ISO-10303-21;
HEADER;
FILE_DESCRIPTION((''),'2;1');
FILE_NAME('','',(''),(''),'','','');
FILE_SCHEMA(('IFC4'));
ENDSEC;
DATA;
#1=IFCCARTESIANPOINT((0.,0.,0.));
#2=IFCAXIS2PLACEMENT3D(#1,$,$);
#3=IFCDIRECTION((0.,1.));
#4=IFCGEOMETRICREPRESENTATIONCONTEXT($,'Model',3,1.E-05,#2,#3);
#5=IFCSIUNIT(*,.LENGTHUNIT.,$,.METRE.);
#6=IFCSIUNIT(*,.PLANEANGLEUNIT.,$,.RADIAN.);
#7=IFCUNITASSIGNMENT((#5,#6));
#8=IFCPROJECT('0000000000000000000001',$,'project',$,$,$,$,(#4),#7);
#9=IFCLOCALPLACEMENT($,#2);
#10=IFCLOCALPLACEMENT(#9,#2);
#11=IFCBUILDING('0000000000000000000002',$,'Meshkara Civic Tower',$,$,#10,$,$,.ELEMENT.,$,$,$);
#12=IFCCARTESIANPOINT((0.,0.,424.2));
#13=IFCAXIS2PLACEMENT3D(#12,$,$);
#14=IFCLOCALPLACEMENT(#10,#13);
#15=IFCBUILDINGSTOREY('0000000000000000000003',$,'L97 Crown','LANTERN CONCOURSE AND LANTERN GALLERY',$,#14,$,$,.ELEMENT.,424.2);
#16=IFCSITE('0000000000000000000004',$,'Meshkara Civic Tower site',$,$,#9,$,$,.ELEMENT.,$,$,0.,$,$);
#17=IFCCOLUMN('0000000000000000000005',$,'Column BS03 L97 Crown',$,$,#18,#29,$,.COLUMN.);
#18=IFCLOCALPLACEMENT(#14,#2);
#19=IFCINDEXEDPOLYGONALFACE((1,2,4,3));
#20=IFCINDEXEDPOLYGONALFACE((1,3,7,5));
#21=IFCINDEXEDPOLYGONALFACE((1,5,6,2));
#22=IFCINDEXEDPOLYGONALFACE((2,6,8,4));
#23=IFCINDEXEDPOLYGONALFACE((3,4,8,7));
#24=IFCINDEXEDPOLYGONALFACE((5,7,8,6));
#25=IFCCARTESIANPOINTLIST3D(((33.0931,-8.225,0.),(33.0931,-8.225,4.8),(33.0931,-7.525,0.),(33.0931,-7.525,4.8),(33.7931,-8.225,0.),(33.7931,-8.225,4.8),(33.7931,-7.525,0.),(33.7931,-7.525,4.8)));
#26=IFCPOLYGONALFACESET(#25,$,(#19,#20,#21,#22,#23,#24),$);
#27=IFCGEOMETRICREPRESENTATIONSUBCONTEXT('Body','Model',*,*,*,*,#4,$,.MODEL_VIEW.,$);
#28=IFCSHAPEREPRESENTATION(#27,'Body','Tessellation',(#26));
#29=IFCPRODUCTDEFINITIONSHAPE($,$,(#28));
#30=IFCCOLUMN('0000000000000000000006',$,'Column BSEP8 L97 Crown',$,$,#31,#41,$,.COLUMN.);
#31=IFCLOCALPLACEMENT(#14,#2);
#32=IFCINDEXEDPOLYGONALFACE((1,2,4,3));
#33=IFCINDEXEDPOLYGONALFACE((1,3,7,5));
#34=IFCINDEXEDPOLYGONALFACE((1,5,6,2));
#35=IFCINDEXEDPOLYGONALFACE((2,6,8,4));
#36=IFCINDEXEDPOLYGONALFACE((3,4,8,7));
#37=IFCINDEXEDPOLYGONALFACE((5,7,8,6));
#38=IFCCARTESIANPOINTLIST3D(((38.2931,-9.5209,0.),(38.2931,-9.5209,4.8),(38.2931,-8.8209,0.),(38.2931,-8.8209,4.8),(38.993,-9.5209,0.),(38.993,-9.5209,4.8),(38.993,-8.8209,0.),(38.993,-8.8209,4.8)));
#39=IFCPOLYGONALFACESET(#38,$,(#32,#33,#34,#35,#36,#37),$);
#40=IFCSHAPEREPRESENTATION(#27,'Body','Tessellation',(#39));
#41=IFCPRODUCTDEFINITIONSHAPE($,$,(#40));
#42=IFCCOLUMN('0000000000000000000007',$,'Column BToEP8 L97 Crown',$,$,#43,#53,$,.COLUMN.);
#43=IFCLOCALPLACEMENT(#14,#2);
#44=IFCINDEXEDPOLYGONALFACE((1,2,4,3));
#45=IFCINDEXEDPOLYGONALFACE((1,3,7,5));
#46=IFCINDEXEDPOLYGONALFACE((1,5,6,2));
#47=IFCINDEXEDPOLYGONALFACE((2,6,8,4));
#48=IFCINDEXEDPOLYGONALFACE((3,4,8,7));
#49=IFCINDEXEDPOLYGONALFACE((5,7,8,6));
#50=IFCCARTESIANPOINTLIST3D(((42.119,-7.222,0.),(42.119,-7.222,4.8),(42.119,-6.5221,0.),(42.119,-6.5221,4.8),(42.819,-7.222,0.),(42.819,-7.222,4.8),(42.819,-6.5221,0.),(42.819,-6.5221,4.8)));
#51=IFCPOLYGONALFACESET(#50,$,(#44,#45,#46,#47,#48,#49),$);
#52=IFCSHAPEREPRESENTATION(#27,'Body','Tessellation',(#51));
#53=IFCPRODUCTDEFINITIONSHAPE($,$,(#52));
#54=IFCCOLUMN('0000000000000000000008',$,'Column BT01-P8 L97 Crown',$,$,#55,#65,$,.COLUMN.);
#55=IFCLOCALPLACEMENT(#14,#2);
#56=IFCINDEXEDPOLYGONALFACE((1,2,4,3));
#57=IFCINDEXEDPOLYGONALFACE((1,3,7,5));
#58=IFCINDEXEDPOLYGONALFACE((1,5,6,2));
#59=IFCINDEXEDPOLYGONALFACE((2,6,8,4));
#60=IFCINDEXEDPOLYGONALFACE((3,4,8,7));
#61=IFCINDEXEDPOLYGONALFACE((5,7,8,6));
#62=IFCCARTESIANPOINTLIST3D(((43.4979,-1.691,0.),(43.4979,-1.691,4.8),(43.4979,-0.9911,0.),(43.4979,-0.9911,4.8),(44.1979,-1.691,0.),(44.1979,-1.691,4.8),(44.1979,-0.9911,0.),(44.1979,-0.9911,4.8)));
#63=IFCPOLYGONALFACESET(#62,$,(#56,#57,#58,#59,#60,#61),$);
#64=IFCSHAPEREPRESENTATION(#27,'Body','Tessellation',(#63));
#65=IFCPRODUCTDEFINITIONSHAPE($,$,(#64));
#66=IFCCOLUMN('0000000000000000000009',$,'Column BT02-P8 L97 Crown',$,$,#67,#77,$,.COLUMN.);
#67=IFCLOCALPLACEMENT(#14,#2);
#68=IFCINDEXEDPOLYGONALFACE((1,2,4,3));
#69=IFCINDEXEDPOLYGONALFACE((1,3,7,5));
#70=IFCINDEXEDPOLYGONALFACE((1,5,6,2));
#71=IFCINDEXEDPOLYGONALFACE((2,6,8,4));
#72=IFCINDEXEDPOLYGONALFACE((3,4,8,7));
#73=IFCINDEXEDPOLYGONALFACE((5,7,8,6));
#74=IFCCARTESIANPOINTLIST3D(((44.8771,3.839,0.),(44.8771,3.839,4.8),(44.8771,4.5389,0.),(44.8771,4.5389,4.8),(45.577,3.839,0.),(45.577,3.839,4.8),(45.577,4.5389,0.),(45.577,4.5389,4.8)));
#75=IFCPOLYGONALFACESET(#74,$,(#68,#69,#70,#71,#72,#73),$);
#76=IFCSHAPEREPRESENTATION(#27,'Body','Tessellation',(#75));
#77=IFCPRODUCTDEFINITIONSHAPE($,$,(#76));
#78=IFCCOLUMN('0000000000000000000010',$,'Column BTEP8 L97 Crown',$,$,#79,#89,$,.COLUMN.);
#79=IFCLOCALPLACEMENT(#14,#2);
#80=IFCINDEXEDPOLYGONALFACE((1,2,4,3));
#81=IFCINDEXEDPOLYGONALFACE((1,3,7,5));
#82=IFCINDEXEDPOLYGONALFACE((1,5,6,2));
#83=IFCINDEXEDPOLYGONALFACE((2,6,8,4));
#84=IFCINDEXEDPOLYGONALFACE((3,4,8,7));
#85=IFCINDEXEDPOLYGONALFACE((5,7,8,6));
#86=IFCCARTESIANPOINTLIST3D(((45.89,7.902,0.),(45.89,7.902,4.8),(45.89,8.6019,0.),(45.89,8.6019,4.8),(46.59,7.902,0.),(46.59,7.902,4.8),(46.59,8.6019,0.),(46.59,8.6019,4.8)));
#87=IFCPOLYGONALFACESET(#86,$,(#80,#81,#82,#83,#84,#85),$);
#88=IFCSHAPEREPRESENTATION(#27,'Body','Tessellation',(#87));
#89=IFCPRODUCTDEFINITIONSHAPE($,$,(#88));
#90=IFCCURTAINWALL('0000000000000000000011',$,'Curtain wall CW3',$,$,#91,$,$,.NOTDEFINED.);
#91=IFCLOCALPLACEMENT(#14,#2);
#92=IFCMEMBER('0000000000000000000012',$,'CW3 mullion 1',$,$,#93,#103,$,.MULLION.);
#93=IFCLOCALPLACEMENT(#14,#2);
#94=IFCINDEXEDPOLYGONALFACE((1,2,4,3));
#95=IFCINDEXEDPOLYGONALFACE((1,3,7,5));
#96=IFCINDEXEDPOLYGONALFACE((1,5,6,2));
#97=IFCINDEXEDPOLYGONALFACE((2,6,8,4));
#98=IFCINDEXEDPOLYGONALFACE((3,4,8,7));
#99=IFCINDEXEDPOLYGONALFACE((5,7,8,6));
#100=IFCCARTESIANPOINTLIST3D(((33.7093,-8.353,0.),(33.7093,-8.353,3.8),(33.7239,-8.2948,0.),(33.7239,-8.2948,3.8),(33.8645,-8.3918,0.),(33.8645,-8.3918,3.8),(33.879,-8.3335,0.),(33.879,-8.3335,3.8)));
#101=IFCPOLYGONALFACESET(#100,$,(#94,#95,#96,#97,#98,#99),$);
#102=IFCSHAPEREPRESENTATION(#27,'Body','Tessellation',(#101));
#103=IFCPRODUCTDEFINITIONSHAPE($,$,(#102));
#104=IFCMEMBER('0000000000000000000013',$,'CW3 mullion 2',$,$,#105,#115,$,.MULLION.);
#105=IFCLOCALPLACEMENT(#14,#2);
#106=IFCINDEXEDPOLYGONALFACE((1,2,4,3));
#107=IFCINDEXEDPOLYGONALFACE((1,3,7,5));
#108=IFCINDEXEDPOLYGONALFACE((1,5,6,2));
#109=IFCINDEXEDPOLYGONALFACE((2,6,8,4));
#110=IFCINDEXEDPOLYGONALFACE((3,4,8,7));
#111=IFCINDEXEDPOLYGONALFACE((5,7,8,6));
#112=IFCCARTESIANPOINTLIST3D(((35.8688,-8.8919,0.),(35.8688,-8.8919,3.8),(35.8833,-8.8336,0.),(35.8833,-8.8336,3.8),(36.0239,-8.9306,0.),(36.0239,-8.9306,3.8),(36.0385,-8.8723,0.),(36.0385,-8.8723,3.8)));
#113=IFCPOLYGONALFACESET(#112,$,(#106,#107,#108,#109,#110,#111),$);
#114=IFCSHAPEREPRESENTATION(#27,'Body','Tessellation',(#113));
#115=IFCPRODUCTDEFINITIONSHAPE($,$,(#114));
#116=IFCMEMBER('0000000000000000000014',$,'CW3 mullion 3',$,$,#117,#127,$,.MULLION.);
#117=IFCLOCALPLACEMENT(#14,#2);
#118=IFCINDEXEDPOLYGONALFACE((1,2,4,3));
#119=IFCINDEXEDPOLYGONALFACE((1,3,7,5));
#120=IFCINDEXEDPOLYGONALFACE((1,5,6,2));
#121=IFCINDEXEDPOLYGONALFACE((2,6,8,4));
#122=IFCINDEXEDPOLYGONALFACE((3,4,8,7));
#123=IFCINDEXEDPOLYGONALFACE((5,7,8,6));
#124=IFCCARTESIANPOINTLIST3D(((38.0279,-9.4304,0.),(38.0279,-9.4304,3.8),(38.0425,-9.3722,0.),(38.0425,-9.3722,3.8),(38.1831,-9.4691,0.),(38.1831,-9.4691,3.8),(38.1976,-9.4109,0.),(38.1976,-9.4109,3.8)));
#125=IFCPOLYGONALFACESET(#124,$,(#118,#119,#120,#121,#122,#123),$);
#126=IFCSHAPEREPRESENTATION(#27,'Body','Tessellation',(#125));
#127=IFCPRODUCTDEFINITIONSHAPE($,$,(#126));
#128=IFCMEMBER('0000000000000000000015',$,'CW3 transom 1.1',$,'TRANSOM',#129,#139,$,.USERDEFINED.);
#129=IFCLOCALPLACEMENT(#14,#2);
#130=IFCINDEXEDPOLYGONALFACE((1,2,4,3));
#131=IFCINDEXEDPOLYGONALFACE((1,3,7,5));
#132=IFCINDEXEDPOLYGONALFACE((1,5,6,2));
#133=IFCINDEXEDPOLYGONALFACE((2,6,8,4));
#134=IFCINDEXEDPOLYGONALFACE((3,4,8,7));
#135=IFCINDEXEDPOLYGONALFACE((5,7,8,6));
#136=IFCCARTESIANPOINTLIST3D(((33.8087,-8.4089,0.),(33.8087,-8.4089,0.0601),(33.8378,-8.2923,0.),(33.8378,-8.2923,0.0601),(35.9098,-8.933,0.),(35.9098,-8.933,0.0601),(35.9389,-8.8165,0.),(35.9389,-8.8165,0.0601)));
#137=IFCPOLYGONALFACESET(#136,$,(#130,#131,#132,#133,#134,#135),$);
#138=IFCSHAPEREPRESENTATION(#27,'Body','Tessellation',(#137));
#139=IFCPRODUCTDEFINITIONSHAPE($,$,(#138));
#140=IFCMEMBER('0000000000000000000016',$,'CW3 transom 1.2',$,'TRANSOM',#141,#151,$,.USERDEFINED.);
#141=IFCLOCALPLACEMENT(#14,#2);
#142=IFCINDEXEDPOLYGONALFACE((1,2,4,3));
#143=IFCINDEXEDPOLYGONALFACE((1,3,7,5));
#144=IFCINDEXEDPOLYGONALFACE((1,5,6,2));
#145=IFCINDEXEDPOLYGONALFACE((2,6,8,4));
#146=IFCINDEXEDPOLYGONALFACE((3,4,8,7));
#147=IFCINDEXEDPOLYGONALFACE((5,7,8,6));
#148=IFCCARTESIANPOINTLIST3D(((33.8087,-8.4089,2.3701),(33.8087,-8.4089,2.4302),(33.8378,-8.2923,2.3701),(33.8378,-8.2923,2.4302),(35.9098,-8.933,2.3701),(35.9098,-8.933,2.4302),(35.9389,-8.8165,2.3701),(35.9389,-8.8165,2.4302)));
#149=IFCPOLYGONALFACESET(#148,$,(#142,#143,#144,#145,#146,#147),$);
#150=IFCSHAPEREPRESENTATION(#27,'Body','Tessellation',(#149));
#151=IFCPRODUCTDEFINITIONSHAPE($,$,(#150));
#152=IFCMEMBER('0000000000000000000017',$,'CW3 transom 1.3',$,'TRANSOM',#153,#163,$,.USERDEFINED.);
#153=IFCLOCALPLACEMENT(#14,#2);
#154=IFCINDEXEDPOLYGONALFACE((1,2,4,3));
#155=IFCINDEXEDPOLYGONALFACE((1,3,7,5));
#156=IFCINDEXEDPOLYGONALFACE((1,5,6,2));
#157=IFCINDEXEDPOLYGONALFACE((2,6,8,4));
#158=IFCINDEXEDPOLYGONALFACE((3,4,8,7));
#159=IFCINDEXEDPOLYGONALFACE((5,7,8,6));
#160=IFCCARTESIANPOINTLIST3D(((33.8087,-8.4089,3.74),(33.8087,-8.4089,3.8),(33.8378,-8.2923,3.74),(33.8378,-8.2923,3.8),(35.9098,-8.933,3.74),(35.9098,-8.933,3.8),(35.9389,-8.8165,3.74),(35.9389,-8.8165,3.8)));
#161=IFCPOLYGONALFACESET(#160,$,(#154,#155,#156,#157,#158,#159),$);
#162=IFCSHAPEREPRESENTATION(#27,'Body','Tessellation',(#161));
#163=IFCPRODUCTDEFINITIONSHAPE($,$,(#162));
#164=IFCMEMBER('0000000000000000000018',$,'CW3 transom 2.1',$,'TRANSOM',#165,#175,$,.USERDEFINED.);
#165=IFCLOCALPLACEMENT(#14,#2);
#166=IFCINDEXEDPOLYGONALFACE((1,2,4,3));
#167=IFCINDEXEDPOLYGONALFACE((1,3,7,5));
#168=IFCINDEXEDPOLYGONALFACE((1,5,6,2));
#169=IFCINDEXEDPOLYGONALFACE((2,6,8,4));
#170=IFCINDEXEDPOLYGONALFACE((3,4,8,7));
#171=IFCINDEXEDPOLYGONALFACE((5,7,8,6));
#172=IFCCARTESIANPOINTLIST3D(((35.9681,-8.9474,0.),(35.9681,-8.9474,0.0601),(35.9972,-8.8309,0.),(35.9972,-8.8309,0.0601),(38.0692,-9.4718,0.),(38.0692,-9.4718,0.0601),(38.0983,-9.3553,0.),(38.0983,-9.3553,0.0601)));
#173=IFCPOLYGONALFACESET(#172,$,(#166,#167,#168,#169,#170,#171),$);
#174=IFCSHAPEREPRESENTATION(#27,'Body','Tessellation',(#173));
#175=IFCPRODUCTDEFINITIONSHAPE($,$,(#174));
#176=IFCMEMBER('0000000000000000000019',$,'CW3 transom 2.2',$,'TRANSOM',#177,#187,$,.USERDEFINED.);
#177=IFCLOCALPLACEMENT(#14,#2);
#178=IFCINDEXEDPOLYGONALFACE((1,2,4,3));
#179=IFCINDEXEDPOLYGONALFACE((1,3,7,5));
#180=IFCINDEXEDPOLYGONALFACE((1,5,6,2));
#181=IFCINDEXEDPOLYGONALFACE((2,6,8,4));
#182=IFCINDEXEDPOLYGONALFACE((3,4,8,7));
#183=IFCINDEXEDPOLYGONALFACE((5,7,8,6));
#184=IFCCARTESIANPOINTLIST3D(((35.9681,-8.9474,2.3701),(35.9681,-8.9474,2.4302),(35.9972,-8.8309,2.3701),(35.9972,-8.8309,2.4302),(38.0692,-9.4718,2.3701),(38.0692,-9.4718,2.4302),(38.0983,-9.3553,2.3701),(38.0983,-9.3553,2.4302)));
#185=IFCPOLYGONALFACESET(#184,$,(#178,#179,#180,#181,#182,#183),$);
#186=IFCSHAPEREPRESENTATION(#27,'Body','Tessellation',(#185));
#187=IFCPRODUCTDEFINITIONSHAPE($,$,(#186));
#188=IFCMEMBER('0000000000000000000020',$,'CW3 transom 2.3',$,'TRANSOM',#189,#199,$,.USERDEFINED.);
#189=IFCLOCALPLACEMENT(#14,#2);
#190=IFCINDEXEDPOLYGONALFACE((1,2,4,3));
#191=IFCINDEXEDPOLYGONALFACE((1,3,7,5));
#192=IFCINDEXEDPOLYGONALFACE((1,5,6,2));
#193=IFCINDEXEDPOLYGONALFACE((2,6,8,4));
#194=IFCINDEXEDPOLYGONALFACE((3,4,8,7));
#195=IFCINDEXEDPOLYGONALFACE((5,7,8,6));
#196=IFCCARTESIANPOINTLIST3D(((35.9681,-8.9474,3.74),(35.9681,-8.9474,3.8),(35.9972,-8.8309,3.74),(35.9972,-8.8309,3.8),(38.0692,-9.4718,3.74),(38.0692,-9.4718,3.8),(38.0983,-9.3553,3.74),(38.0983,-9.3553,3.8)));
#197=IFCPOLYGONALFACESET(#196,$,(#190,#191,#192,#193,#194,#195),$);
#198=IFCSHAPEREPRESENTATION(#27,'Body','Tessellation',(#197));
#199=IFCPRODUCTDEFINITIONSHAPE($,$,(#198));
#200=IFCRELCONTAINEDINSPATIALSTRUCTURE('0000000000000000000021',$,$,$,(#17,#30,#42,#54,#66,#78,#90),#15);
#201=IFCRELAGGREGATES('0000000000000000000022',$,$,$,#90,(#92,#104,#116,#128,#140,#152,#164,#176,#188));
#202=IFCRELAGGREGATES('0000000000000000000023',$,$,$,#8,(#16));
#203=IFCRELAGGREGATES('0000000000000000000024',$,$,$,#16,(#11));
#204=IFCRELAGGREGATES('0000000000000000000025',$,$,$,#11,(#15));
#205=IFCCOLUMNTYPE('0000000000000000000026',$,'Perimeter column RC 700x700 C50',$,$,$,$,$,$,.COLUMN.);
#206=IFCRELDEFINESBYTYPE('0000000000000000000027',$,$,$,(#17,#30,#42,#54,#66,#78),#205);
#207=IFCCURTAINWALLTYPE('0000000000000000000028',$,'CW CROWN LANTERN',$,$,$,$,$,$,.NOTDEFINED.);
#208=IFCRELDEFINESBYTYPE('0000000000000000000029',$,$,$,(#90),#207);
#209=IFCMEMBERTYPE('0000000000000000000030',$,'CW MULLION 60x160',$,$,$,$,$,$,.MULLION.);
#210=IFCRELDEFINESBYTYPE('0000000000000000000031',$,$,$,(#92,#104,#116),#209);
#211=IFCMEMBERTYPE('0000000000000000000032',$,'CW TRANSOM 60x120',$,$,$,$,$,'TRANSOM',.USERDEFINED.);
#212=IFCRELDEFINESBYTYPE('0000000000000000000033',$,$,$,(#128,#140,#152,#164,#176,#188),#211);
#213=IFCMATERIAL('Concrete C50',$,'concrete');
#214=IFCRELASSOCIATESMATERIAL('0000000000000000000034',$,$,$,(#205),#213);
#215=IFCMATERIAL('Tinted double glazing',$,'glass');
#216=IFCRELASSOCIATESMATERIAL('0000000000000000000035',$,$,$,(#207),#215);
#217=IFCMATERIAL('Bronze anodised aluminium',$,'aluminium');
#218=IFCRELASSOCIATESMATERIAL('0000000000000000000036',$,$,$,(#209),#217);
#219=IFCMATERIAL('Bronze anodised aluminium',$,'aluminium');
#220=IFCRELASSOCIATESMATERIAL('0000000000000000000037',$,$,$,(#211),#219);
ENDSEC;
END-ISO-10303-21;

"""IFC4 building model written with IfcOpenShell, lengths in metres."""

from ifc_helpers import new_model, si_unit, direction, frame, origin, origin_2d, place, context, subcontext, project, spatial, rectangle, extrude, material, material_profile, profile_set, type_object, element, aggregate, save


model = new_model("IFC4")

# Units and contexts
model_context = context("Model", 3, precision=1e-05, world=origin(), true_north=direction((0.0, 1.0)))
body_context = subcontext(model_context, "Body", "Model", "MODEL_VIEW")
ifc_project = project(units=[si_unit("LENGTHUNIT", "METRE"), si_unit("PLANEANGLEUNIT", "RADIAN")], contexts=[model_context])

# Site, building, storey
site_placement = place(None, origin())
site = spatial("IfcSite", under=ifc_project, at=site_placement, Name="Meshkara Civic Tower site", CompositionType="ELEMENT", RefElevation=0.0)
building_placement = place(site_placement, origin())
building = spatial("IfcBuilding", under=site, at=building_placement, Name="Meshkara Civic Tower", CompositionType="ELEMENT")
storey_placement = place(building_placement, frame((0.0, 0.0, 424.2)))
storey = spatial("IfcBuildingStorey", under=building, at=storey_placement, Name="L97 Crown", Description="LANTERN CONCOURSE AND LANTERN GALLERY", CompositionType="ELEMENT", Elevation=424.2)

# Columns
ifc_material_1 = material(Name="Concrete C50", Category="concrete")
ifc_material_profile_1 = material_profile(ifc_material_1, rectangle(XDim=0.7, YDim=0.7, at=origin_2d()))
ifc_profile_set_1 = profile_set([ifc_material_profile_1], Name="Concrete C50")
column_type = type_object("IfcColumnType", Name="Perimeter column RC 700x700 C50", PredefinedType="COLUMN", material=ifc_profile_set_1)
for number, where, z_axis, x_axis, name in (
    (1, (33.4431, -7.875, 0.0), (0.0, 0.0, 1.0), (1.0, 0.0, 0.0), "Column BS03 L97 Crown"),
    (2, (38.6431, -9.1709, 0.0), (0.0, 0.0, 1.0), (1.0, 0.0, 0.0), "Column BSEP8 L97 Crown"),
    (3, (42.469, -6.8721, 0.0), (0.0, 0.0, 1.0), (1.0, 0.0, 0.0), "Column BToEP8 L97 Crown"),
    (4, (43.8479, -1.3411, 0.0), (0.0, 0.0, 1.0), (1.0, 0.0, 0.0), "Column BT01-P8 L97 Crown"),
    (5, (45.2271, 4.189, 0.0), (0.0, 0.0, 1.0), (1.0, 0.0, 0.0), "Column BT02-P8 L97 Crown"),
    (6, (46.24, 8.252, 0.0), (0.0, 0.0, 1.0), (1.0, 0.0, 0.0), "Column BTEP8 L97 Crown"),
):
    element("IfcColumn", number, at=place(storey_placement, frame(where, z_axis=z_axis, x_axis=x_axis)), inside=storey, type_object=column_type, Name=name, PredefinedType="COLUMN", context=body_context, shape_type="SweptSolid", body=[
        extrude(rectangle(XDim=0.7, YDim=0.7, at=origin_2d()), origin(), (0.0, 0.0, 1.0), 4.8),
    ])

# Curtain wall, members
ifc_material_2 = material(Name="Tinted double glazing", Category="glass")
curtain_wall_type = type_object("IfcCurtainWallType", Name="CW CROWN LANTERN", PredefinedType="NOTDEFINED", material=ifc_material_2)
curtain_wall_placement = place(storey_placement, origin())
curtain_wall = element("IfcCurtainWall", 7, at=curtain_wall_placement, inside=storey, type_object=curtain_wall_type, Name="Curtain wall CW3", PredefinedType="NOTDEFINED")
ifc_material_3 = material(Name="Bronze anodised aluminium", Category="aluminium")
ifc_material_profile_2 = material_profile(ifc_material_3, rectangle(XDim=0.0601, YDim=0.1599, at=origin_2d()))
ifc_profile_set_2 = profile_set([ifc_material_profile_2], Name="Bronze anodised aluminium")
member_type_1 = type_object("IfcMemberType", Name="CW MULLION 60x160", PredefinedType="MULLION", material=ifc_profile_set_2)
member_1_placement = place(storey_placement, frame((33.7942, -8.3433, 0.0), z_axis=(0.0, 0.0, 1.0), x_axis=(0.242066, 0.97026, 0.0)))
member_1 = element("IfcMember", 8, at=member_1_placement, type_object=member_type_1, Name="CW3 mullion 1", PredefinedType="MULLION", context=body_context, shape_type="SweptSolid", body=[
    extrude(rectangle(XDim=0.0601, YDim=0.1599, at=origin_2d()), origin(), (0.0, 0.0, 1.0), 3.8),
])
member_2_placement = place(storey_placement, frame((35.9536, -8.8821, 0.0), z_axis=(0.0, 0.0, 1.0), x_axis=(0.242066, 0.97026, 0.0)))
member_2 = element("IfcMember", 9, at=member_2_placement, type_object=member_type_1, Name="CW3 mullion 2", PredefinedType="MULLION", context=body_context, shape_type="SweptSolid", body=[
    extrude(rectangle(XDim=0.0601, YDim=0.1599, at=origin_2d()), origin(), (0.0, 0.0, 1.0), 3.8),
])
member_3_placement = place(storey_placement, frame((38.1128, -9.4207, 0.0), z_axis=(0.0, 0.0, 1.0), x_axis=(0.242066, 0.97026, 0.0)))
member_3 = element("IfcMember", 10, at=member_3_placement, type_object=member_type_1, Name="CW3 mullion 3", PredefinedType="MULLION", context=body_context, shape_type="SweptSolid", body=[
    extrude(rectangle(XDim=0.0601, YDim=0.1599, at=origin_2d()), origin(), (0.0, 0.0, 1.0), 3.8),
])
ifc_material_4 = material(Name="Bronze anodised aluminium", Category="aluminium")
ifc_material_profile_3 = material_profile(ifc_material_4, rectangle(XDim=0.1201, YDim=0.0601, at=origin_2d()))
ifc_profile_set_3 = profile_set([ifc_material_profile_3], Name="Bronze anodised aluminium")
member_type_2 = type_object("IfcMemberType", Name="CW TRANSOM 60x120", ElementType="TRANSOM", PredefinedType="USERDEFINED", material=ifc_profile_set_3)
member_4_placement = place(storey_placement, frame((33.8232, -8.3506, 0.03), z_axis=(0.970262, -0.242058, 0.0), x_axis=(0.242058, 0.970262, 0.0)))
member_4 = element("IfcMember", 11, at=member_4_placement, type_object=member_type_2, Name="CW3 transom 1.1", ObjectType="TRANSOM", PredefinedType="USERDEFINED", context=body_context, shape_type="SweptSolid", body=[
    extrude(rectangle(XDim=0.1201, YDim=0.0601, at=origin_2d()), origin(), (0.0, 0.0, 1.0), 2.1655),
])
member_5_placement = place(storey_placement, frame((33.8232, -8.3506, 2.4001), z_axis=(0.970262, -0.242058, 0.0), x_axis=(0.242058, 0.970262, 0.0)))
member_5 = element("IfcMember", 12, at=member_5_placement, type_object=member_type_2, Name="CW3 transom 1.2", ObjectType="TRANSOM", PredefinedType="USERDEFINED", context=body_context, shape_type="SweptSolid", body=[
    extrude(rectangle(XDim=0.1201, YDim=0.0601, at=origin_2d()), origin(), (0.0, 0.0, 1.0), 2.1655),
])
member_6_placement = place(storey_placement, frame((33.8232, -8.3506, 3.77), z_axis=(0.970262, -0.242058, 0.0), x_axis=(0.242058, 0.970262, 0.0)))
member_6 = element("IfcMember", 13, at=member_6_placement, type_object=member_type_2, Name="CW3 transom 1.3", ObjectType="TRANSOM", PredefinedType="USERDEFINED", context=body_context, shape_type="SweptSolid", body=[
    extrude(rectangle(XDim=0.1201, YDim=0.0601, at=origin_2d()), origin(), (0.0, 0.0, 1.0), 2.1655),
])
member_7_placement = place(storey_placement, frame((35.9827, -8.8892, 0.03), z_axis=(0.970235, -0.242164, 0.0), x_axis=(0.242164, 0.970235, 0.0)))
member_7 = element("IfcMember", 14, at=member_7_placement, type_object=member_type_2, Name="CW3 transom 2.1", ObjectType="TRANSOM", PredefinedType="USERDEFINED", context=body_context, shape_type="SweptSolid", body=[
    extrude(rectangle(XDim=0.1201, YDim=0.0601, at=origin_2d()), origin(), (0.0, 0.0, 1.0), 2.1655),
])
member_8_placement = place(storey_placement, frame((35.9827, -8.8892, 2.4001), z_axis=(0.970235, -0.242164, 0.0), x_axis=(0.242164, 0.970235, 0.0)))
member_8 = element("IfcMember", 15, at=member_8_placement, type_object=member_type_2, Name="CW3 transom 2.2", ObjectType="TRANSOM", PredefinedType="USERDEFINED", context=body_context, shape_type="SweptSolid", body=[
    extrude(rectangle(XDim=0.1201, YDim=0.0601, at=origin_2d()), origin(), (0.0, 0.0, 1.0), 2.1655),
])
member_9_placement = place(storey_placement, frame((35.9827, -8.8892, 3.77), z_axis=(0.970235, -0.242164, 0.0), x_axis=(0.242164, 0.970235, 0.0)))
member_9 = element("IfcMember", 16, at=member_9_placement, type_object=member_type_2, Name="CW3 transom 2.3", ObjectType="TRANSOM", PredefinedType="USERDEFINED", context=body_context, shape_type="SweptSolid", body=[
    extrude(rectangle(XDim=0.1201, YDim=0.0601, at=origin_2d()), origin(), (0.0, 0.0, 1.0), 2.1655),
])

aggregate(curtain_wall, [member_1, member_2, member_3, member_4, member_5, member_6, member_7, member_8, member_9])

save(model, "model.ifc")
